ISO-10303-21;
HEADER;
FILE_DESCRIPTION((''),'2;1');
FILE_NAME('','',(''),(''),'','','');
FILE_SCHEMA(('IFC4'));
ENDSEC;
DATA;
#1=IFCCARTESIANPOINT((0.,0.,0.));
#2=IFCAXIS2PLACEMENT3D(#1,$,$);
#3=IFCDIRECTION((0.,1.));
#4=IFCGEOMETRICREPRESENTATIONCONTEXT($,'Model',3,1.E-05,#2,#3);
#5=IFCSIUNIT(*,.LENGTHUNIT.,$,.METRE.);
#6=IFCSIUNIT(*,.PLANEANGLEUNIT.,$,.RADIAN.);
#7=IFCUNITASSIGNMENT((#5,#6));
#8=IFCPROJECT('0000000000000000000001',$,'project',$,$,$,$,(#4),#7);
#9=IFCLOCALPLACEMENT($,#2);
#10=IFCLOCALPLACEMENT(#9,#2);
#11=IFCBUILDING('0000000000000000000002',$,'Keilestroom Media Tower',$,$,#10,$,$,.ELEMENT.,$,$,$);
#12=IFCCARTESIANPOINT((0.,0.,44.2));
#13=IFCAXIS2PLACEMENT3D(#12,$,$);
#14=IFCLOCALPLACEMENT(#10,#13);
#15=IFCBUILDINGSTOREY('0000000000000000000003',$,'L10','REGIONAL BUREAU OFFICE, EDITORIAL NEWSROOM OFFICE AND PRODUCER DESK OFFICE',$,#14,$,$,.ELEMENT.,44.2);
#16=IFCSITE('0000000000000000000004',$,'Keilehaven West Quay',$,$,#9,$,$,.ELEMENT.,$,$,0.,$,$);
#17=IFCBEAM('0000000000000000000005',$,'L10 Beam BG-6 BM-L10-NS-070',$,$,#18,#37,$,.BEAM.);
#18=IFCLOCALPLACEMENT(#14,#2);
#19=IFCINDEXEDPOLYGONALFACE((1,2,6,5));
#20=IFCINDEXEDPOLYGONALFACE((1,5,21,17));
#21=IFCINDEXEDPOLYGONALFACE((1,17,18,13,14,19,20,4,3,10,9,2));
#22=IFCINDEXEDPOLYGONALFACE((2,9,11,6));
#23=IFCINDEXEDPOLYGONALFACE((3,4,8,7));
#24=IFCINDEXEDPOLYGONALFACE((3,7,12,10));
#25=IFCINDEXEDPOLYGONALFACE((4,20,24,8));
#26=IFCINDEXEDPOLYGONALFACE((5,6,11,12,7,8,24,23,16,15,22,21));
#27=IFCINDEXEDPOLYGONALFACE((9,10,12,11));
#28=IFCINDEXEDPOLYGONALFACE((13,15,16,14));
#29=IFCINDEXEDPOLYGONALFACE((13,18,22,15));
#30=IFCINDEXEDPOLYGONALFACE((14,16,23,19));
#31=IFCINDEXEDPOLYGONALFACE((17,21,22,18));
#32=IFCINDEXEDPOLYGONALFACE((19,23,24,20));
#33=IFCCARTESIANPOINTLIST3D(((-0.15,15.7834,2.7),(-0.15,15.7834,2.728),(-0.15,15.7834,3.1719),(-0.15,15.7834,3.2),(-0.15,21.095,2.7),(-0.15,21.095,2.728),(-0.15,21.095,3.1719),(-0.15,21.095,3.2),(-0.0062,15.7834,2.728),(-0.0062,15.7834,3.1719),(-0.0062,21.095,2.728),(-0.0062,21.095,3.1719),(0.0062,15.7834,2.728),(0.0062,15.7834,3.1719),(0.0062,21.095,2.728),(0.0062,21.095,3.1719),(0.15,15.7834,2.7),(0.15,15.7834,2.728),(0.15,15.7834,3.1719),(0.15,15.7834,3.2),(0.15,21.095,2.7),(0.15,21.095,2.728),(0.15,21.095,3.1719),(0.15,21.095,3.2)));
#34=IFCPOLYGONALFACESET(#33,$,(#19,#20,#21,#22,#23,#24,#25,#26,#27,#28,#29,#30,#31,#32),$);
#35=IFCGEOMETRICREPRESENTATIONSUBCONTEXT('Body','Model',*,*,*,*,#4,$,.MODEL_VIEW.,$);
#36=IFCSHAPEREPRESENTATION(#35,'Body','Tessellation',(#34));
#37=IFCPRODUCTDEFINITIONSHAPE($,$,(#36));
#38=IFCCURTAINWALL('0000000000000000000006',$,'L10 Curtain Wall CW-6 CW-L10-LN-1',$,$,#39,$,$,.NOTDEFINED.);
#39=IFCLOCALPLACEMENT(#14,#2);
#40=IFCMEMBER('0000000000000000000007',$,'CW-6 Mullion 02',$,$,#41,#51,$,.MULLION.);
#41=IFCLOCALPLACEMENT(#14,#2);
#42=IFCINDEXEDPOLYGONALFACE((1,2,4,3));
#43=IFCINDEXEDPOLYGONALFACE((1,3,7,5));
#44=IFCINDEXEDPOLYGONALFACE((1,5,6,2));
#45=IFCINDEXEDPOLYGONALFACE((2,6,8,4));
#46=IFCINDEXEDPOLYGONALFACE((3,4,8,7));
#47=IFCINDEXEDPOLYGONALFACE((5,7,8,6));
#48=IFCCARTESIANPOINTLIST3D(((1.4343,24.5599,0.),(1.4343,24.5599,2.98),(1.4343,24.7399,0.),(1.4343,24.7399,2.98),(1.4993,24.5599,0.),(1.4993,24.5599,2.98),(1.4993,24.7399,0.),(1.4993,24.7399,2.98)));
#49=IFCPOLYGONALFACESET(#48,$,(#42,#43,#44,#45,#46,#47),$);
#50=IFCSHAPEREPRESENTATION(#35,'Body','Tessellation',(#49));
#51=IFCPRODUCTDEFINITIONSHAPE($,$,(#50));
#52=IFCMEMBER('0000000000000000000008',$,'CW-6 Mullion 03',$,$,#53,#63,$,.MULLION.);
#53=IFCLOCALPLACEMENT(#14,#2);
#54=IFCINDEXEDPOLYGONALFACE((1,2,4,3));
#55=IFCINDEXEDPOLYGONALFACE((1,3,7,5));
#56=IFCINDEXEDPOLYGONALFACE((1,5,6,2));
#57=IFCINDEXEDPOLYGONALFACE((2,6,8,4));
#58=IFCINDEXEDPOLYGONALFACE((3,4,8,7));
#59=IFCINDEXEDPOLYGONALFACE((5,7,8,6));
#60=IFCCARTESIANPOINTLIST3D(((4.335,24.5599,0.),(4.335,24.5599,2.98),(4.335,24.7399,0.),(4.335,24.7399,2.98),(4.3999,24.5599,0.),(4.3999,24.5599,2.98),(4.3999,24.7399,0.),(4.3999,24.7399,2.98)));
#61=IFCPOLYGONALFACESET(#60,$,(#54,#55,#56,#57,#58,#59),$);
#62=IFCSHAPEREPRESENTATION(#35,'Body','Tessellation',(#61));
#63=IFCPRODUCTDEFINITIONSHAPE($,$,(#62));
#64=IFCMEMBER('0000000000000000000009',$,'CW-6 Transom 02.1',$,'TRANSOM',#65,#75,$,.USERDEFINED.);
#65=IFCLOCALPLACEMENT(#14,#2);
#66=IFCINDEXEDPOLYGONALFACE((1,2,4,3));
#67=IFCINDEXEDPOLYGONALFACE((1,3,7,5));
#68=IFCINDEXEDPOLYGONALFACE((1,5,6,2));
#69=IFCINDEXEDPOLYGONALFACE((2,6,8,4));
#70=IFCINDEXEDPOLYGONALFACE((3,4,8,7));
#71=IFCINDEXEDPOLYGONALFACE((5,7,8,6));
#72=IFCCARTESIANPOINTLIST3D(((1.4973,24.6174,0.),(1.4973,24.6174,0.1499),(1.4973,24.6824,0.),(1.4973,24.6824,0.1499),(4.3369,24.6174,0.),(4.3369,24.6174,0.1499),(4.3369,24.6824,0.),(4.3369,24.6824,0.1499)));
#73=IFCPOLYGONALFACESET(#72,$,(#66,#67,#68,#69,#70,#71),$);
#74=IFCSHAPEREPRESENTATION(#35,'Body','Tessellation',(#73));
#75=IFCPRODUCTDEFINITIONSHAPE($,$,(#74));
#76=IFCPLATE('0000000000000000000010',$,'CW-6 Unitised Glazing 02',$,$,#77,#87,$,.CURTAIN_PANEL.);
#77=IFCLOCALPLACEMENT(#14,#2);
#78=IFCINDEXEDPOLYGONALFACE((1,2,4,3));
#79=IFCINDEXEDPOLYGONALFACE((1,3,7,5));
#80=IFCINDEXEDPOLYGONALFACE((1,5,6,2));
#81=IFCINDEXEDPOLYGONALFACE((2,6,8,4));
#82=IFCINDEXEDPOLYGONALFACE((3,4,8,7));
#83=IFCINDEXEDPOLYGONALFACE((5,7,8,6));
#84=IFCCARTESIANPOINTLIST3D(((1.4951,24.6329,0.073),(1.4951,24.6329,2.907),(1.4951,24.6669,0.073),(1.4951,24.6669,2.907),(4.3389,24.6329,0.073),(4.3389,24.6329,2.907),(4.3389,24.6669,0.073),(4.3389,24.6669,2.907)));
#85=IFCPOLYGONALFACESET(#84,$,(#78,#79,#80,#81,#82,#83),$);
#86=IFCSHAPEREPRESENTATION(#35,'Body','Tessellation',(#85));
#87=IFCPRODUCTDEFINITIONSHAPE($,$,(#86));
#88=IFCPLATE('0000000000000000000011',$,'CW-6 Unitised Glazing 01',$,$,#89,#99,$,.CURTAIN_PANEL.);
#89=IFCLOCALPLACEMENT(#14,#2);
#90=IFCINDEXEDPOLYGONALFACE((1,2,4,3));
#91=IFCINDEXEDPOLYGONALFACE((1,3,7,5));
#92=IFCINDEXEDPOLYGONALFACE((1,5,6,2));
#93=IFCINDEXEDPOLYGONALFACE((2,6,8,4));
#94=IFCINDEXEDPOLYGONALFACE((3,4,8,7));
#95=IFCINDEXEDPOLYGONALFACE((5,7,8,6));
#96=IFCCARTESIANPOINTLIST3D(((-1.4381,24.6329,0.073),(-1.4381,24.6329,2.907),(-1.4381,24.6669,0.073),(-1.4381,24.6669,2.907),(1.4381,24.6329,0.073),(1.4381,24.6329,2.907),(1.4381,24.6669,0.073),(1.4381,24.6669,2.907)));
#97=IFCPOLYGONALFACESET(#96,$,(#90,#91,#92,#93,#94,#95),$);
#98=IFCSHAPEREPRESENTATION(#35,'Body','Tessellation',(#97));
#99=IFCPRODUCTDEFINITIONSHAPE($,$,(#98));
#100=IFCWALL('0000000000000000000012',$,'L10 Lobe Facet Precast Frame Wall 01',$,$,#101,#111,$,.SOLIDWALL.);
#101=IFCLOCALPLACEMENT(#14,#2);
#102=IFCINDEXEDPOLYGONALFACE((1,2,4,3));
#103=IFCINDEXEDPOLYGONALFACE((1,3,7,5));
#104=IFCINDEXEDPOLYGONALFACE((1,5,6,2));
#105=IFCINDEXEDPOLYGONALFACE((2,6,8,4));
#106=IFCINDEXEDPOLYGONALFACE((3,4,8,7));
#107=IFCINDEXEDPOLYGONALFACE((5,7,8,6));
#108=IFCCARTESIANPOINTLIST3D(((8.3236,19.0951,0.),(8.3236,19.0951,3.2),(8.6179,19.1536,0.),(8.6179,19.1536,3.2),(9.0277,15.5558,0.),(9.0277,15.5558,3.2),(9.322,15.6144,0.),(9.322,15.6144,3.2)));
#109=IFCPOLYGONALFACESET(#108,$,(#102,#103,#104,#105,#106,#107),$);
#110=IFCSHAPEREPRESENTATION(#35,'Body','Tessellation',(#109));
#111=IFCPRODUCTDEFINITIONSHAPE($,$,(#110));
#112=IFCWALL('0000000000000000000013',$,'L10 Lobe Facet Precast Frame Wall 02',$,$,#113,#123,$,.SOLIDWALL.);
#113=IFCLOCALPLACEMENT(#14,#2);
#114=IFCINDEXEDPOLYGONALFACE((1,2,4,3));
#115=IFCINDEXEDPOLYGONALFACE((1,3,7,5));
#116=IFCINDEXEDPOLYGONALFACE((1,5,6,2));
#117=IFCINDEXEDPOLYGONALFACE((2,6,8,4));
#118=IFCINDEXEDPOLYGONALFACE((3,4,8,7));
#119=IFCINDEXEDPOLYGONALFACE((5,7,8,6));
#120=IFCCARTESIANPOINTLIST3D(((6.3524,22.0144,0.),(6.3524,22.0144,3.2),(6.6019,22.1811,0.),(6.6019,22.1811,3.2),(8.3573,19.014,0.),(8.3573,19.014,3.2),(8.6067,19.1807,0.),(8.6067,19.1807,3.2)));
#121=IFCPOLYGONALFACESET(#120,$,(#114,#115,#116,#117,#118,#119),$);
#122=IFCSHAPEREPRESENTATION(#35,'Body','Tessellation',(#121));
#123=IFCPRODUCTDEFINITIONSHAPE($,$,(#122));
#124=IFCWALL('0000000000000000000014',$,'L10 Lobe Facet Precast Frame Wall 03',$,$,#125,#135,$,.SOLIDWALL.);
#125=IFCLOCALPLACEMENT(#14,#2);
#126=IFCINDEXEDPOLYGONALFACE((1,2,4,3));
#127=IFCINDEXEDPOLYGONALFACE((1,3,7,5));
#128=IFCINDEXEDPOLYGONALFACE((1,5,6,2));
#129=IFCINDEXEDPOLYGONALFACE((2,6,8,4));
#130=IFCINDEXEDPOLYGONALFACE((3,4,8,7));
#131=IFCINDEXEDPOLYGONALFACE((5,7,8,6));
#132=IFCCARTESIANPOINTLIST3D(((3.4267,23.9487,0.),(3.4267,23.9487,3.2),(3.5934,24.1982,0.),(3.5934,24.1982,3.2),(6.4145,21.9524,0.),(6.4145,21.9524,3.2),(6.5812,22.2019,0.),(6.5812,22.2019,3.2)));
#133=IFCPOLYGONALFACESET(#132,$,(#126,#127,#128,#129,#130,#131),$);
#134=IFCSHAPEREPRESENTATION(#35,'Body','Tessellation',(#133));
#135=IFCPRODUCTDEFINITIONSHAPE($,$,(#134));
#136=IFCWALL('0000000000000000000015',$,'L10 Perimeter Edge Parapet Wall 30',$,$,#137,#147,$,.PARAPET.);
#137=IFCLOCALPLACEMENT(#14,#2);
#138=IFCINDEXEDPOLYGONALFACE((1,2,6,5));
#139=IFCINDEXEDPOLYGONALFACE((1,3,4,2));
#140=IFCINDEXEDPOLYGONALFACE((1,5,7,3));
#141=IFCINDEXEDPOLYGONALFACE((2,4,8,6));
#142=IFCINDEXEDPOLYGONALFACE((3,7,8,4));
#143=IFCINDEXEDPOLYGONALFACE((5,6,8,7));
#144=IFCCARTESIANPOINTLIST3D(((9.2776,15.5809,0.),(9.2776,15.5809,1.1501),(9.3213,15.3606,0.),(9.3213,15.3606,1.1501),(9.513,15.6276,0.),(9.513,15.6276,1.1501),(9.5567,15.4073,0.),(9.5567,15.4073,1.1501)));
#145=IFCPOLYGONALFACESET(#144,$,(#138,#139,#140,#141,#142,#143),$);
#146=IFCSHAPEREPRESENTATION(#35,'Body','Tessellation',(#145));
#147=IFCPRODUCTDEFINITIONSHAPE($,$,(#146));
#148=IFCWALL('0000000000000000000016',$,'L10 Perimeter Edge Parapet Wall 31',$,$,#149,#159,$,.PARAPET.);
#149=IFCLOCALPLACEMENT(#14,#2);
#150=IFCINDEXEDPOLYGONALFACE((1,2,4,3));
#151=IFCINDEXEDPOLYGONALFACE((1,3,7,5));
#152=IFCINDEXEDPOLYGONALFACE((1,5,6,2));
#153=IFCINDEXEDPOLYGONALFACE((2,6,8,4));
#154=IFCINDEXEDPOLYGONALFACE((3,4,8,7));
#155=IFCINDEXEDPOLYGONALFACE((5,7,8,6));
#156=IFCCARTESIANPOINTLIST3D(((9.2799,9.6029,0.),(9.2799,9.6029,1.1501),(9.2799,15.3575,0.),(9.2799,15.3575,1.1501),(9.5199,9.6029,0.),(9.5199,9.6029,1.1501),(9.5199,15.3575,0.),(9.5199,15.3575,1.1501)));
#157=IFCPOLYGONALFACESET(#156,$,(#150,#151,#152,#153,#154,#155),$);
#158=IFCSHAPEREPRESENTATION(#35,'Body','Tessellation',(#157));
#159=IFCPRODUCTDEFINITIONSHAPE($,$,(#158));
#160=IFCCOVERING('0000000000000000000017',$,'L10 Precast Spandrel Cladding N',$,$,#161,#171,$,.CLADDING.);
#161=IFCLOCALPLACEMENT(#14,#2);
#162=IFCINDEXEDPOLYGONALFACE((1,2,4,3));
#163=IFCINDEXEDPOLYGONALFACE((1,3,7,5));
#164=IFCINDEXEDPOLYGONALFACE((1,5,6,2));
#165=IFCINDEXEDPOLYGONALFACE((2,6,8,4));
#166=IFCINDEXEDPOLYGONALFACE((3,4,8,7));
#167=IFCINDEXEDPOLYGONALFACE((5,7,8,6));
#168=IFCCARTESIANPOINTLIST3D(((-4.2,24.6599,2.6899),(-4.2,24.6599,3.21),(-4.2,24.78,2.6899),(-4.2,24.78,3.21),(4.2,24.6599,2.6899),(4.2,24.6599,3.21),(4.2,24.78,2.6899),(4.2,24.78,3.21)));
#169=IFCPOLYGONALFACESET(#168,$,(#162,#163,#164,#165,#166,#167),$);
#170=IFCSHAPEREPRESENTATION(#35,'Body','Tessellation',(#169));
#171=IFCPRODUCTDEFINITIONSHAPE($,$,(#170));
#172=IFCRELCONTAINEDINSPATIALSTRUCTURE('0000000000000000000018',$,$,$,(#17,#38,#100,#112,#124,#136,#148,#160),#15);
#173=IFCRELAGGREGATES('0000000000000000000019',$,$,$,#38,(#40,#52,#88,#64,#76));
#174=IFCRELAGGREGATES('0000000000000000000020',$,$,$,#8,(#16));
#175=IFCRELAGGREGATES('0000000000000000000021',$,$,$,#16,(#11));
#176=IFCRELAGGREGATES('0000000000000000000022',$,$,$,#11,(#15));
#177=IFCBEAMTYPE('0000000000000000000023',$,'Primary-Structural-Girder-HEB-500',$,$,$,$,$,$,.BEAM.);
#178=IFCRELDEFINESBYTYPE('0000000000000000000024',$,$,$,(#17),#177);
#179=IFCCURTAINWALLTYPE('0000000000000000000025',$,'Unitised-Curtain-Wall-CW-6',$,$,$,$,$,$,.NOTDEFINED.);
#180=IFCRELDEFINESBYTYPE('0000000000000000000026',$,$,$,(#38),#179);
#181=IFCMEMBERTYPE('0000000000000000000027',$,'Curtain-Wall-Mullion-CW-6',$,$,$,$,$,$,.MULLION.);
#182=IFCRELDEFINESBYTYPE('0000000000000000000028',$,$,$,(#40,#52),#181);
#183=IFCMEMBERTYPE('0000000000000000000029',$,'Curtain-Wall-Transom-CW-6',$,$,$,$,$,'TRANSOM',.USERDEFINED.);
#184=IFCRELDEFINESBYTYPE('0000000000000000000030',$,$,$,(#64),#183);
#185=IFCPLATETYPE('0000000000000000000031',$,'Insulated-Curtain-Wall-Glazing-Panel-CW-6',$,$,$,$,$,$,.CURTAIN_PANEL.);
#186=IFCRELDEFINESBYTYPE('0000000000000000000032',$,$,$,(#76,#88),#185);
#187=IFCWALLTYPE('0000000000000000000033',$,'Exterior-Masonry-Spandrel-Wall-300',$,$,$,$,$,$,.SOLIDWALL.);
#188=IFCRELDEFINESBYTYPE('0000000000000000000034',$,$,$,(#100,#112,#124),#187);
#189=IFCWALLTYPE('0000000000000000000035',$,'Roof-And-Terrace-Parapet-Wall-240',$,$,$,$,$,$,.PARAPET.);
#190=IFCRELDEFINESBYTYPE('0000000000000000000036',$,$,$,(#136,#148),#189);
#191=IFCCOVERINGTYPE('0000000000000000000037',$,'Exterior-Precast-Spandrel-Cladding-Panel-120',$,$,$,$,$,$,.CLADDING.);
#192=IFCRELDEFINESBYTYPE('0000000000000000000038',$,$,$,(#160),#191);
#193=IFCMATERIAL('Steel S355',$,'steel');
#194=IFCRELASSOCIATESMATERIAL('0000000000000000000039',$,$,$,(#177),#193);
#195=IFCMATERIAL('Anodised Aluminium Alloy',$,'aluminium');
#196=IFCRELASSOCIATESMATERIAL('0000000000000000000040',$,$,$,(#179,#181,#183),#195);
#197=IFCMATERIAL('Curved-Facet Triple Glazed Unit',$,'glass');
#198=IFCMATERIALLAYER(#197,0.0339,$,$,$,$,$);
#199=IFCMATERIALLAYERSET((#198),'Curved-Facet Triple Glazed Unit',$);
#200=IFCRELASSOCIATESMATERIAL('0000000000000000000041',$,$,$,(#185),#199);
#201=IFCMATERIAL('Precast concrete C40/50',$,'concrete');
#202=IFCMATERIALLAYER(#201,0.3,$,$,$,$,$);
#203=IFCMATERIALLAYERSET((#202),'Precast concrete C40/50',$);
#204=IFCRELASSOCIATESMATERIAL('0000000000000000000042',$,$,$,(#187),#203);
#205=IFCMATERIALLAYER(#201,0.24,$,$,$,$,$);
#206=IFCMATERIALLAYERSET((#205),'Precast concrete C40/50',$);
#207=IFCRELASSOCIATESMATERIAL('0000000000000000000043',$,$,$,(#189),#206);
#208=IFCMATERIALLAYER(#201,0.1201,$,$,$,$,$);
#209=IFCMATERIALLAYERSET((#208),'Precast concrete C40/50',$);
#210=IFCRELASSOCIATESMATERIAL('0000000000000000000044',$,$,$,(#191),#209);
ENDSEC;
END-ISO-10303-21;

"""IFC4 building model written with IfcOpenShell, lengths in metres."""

from ifc_helpers import new_model, si_unit, direction, frame, frame_2d, origin, origin_2d, place, context, subcontext, project, spatial, rectangle, i_section, extrude, source, transform, mapped, material, layer, layer_set, material_profile, profile_set, type_object, element, aggregate, save


model = new_model("IFC4")

# Units and contexts
model_context = context("Model", 3, precision=1e-05, world=origin(), true_north=direction((0.0, 1.0)))
body_context = subcontext(model_context, "Body", "Model", "MODEL_VIEW")
ifc_project = project(units=[si_unit("LENGTHUNIT", "METRE"), si_unit("PLANEANGLEUNIT", "RADIAN")], contexts=[model_context])

# Site, building, storey
site_placement = place(None, origin())
site = spatial("IfcSite", under=ifc_project, at=site_placement, Name="Keilehaven West Quay", CompositionType="ELEMENT", RefElevation=0.0)
building_placement = place(site_placement, origin())
building = spatial("IfcBuilding", under=site, at=building_placement, Name="Keilestroom Media Tower", CompositionType="ELEMENT")
storey_placement = place(building_placement, frame((0.0, 0.0, 44.2)))
storey = spatial("IfcBuildingStorey", under=building, at=storey_placement, Name="L10", Description="REGIONAL BUREAU OFFICE, EDITORIAL NEWSROOM OFFICE AND PRODUCER DESK OFFICE", CompositionType="ELEMENT", Elevation=44.2)

# Beam
ifc_material_1 = material(Name="Steel S355", Category="steel")
ifc_material_profile_1 = material_profile(ifc_material_1, i_section(OverallWidth=0.3, OverallDepth=0.5, WebThickness=0.0125, FlangeThickness=0.0281, at=origin_2d()), Name="HEB 500")
ifc_profile_set_1 = profile_set([ifc_material_profile_1], Name="Steel S355")
beam_type_1 = type_object("IfcBeamType", Name="Primary-Structural-Girder-HEB-500", PredefinedType="BEAM", material=ifc_profile_set_1)
shared_shape_1 = source(origin(), body_context, "Body", "SweptSolid", [
    extrude(i_section(OverallWidth=0.3, OverallDepth=0.5, WebThickness=0.0125, FlangeThickness=0.0281, at=origin_2d()), origin(), (0.0, 0.0, 1.0), 5.3115),
])
beam_1_placement = place(storey_placement, frame((0.0, 15.7834, 2.95), z_axis=(0.0, 1.0, 0.0), x_axis=(-1.0, 0.0, 0.0)))
element("IfcBeam", 1, at=beam_1_placement, inside=storey, type_object=beam_type_1, Name="L10 Beam BG-6 BM-L10-NS-070", PredefinedType="BEAM", context=body_context, shape_type="MappedRepresentation", body=[
    mapped(shared_shape_1, transform((0.0, 0.0, 0.0), x_axis=(1.0, 0.0, 0.0), y_axis=(0.0, 1.0, 0.0), z_axis=(0.0, 0.0, 1.0), scale=1.0)),
])

# Curtain wall, members, plates
ifc_material_2 = material(Name="Anodised Aluminium Alloy", Category="aluminium")
curtain_wall_type = type_object("IfcCurtainWallType", Name="Unitised-Curtain-Wall-CW-6", PredefinedType="NOTDEFINED", material=ifc_material_2)
curtain_wall_placement = place(storey_placement, origin())
curtain_wall = element("IfcCurtainWall", 2, at=curtain_wall_placement, inside=storey, type_object=curtain_wall_type, Name="L10 Curtain Wall CW-6 CW-L10-LN-1", PredefinedType="NOTDEFINED")
ifc_material_profile_2 = material_profile(ifc_material_2, rectangle(XDim=0.0649, YDim=0.1799, at=origin_2d()), Name="ALU MULLION 65x180")
ifc_profile_set_2 = profile_set([ifc_material_profile_2], Name="Anodised Aluminium Alloy")
member_type_1 = type_object("IfcMemberType", Name="Curtain-Wall-Mullion-CW-6", PredefinedType="MULLION", material=ifc_profile_set_2)
shared_shape_2 = source(origin(), body_context, "Body", "SweptSolid", [
    extrude(rectangle(XDim=0.0649, YDim=0.1799, at=origin_2d()), origin(), (0.0, 0.0, 1.0), 2.98),
])
member_1_placement = place(storey_placement, frame((1.4668, 24.6499, 0.0), z_axis=(0.0, 0.0, 1.0), x_axis=(1.0, 0.0, 0.0)))
member_1 = element("IfcMember", 3, at=member_1_placement, type_object=member_type_1, Name="CW-6 Mullion 02", PredefinedType="MULLION", context=body_context, shape_type="MappedRepresentation", body=[
    mapped(shared_shape_2, transform((0.0, 0.0, 0.0), x_axis=(1.0, 0.0, 0.0), y_axis=(0.0, 1.0, 0.0), z_axis=(0.0, 0.0, 1.0), scale=1.0)),
])
member_2_placement = place(storey_placement, frame((4.3674, 24.6499, 0.0), z_axis=(0.0, 0.0, 1.0), x_axis=(1.0, 0.0, 0.0)))
member_2 = element("IfcMember", 4, at=member_2_placement, type_object=member_type_1, Name="CW-6 Mullion 03", PredefinedType="MULLION", context=body_context, shape_type="MappedRepresentation", body=[
    mapped(shared_shape_2, transform((0.0, 0.0, 0.0), x_axis=(1.0, 0.0, 0.0), y_axis=(0.0, 1.0, 0.0), z_axis=(0.0, 0.0, 1.0), scale=1.0)),
])
ifc_material_profile_3 = material_profile(ifc_material_2, rectangle(XDim=0.0649, YDim=0.1499, at=origin_2d()), Name="ALU TRANSOM 65x150")
ifc_profile_set_3 = profile_set([ifc_material_profile_3], Name="Anodised Aluminium Alloy")
member_type_2 = type_object("IfcMemberType", Name="Curtain-Wall-Transom-CW-6", ElementType="TRANSOM", PredefinedType="USERDEFINED", material=ifc_profile_set_3)
shared_shape_3 = source(origin(), body_context, "Body", "SweptSolid", [
    extrude(rectangle(XDim=0.0649, YDim=0.1499, at=origin_2d()), origin(), (0.0, 0.0, 1.0), 2.8396),
])
member_3_placement = place(storey_placement, frame((1.4973, 24.6499, 0.075), z_axis=(1.0, 0.0, 0.0), x_axis=(0.0, 1.0, 0.0)))
member_3 = element("IfcMember", 5, at=member_3_placement, type_object=member_type_2, Name="CW-6 Transom 02.1", ObjectType="TRANSOM", PredefinedType="USERDEFINED", context=body_context, shape_type="MappedRepresentation", body=[
    mapped(shared_shape_3, transform((0.0, 0.0, 0.0), x_axis=(1.0, 0.0, 0.0), y_axis=(0.0, 1.0, 0.0), z_axis=(0.0, 0.0, 1.0), scale=1.0)),
])
ifc_material_3 = material(Name="Curved-Facet Triple Glazed Unit", Category="glass")
ifc_layer_1 = layer(ifc_material_3, 0.0339)
ifc_layer_set_1 = layer_set([ifc_layer_1], Name="Curved-Facet Triple Glazed Unit")
plate_type = type_object("IfcPlateType", Name="Insulated-Curtain-Wall-Glazing-Panel-CW-6", PredefinedType="CURTAIN_PANEL", material=ifc_layer_set_1)
shared_shape_4 = source(origin(), body_context, "Body", "SweptSolid", [
    extrude(rectangle(XDim=2.8438, YDim=0.0339, at=origin_2d()), origin(), (0.0, 0.0, 1.0), 2.834),
])
plate_1_placement = place(storey_placement, frame((2.917, 24.6499, 0.073), z_axis=(0.0, 0.0, 1.0), x_axis=(1.0, 0.0, 0.0)))
plate_1 = element("IfcPlate", 6, at=plate_1_placement, type_object=plate_type, Name="CW-6 Unitised Glazing 02", PredefinedType="CURTAIN_PANEL", context=body_context, shape_type="MappedRepresentation", body=[
    mapped(shared_shape_4, transform((0.0, 0.0, 0.0), x_axis=(1.0, 0.0, 0.0), y_axis=(0.0, 1.0, 0.0), z_axis=(0.0, 0.0, 1.0), scale=1.0)),
])
shared_shape_5 = source(origin(), body_context, "Body", "SweptSolid", [
    extrude(rectangle(XDim=2.8762, YDim=0.0339, at=origin_2d()), origin(), (0.0, 0.0, 1.0), 2.834),
])
plate_2_placement = place(storey_placement, frame((0.0, 24.6499, 0.073), z_axis=(0.0, 0.0, 1.0), x_axis=(1.0, 0.0, 0.0)))
plate_2 = element("IfcPlate", 7, at=plate_2_placement, type_object=plate_type, Name="CW-6 Unitised Glazing 01", PredefinedType="CURTAIN_PANEL", context=body_context, shape_type="MappedRepresentation", body=[
    mapped(shared_shape_5, transform((0.0, 0.0, 0.0), x_axis=(1.0, 0.0, 0.0), y_axis=(0.0, 1.0, 0.0), z_axis=(0.0, 0.0, 1.0), scale=1.0)),
])
aggregate(curtain_wall, [member_1, member_2, plate_2, member_3, plate_1])

# Walls
ifc_material_4 = material(Name="Precast concrete C40/50", Category="concrete")
ifc_layer_2 = layer(ifc_material_4, 0.3)
ifc_layer_set_2 = layer_set([ifc_layer_2], Name="Precast concrete C40/50")
wall_type_1 = type_object("IfcWallType", Name="Exterior-Masonry-Spandrel-Wall-300", PredefinedType="SOLIDWALL", material=ifc_layer_set_2)
for number, where, z_axis, x_axis, name in (
    (8, (9.1748, 15.5852, 0.0), (0.0, 0.0, 1.0), (-0.195114, 0.980781, 0.0), "L10 Lobe Facet Precast Frame Wall 01"),
    (9, (8.4819, 19.0974, 0.0), (0.0, 0.0, 1.0), (-0.555574, 0.831467, 0.0), "L10 Lobe Facet Precast Frame Wall 02"),
):
    element("IfcWall", number, at=place(storey_placement, frame(where, z_axis=z_axis, x_axis=x_axis)), inside=storey, type_object=wall_type_1, Name=name, PredefinedType="SOLIDWALL", context=body_context, shape_type="SweptSolid", body=[
        extrude(rectangle(XDim=3.6086, YDim=0.3, at=frame_2d((1.8042, 0.0))), origin(), (0.0, 0.0, 1.0), 3.2),
    ])
wall_1_placement = place(storey_placement, frame((6.4978, 22.0771, 0.0), z_axis=(0.0, 0.0, 1.0), x_axis=(-0.831475, 0.555562, 0.0)))
element("IfcWall", 10, at=wall_1_placement, inside=storey, type_object=wall_type_1, Name="L10 Lobe Facet Precast Frame Wall 03", PredefinedType="SOLIDWALL", context=body_context, shape_type="SweptSolid", body=[
    extrude(rectangle(XDim=3.5933, YDim=0.3, at=frame_2d((1.7966, 0.0))), origin(), (0.0, 0.0, 1.0), 3.2),
])
ifc_layer_3 = layer(ifc_material_4, 0.24)
ifc_layer_set_3 = layer_set([ifc_layer_3], Name="Precast concrete C40/50")
wall_type_2 = type_object("IfcWallType", Name="Roof-And-Terrace-Parapet-Wall-240", PredefinedType="PARAPET", material=ifc_layer_set_3)
wall_2_placement = place(storey_placement, frame((9.3953, 15.6042, 0.0), z_axis=(0.0, 0.0, 1.0), x_axis=(0.194652, -0.980872, 0.0)))
element("IfcWall", 11, at=wall_2_placement, inside=storey, type_object=wall_type_2, Name="L10 Perimeter Edge Parapet Wall 30", PredefinedType="PARAPET", context=body_context, shape_type="SweptSolid", body=[
    extrude(rectangle(XDim=0.2246, YDim=0.24, at=frame_2d((0.1123, 0.0))), origin(), (0.0, 0.0, 1.0), 1.1501),
])
wall_3_placement = place(storey_placement, frame((9.3999, 15.3577, 0.0), z_axis=(0.0, 0.0, 1.0), x_axis=(0.0, -1.0, 0.0)))
element("IfcWall", 12, at=wall_3_placement, inside=storey, type_object=wall_type_2, Name="L10 Perimeter Edge Parapet Wall 31", PredefinedType="PARAPET", context=body_context, shape_type="SweptSolid", body=[
    extrude(rectangle(XDim=5.7546, YDim=0.24, at=frame_2d((2.8774, 0.0))), origin(), (0.0, 0.0, 1.0), 1.1501),
])

# Covering
ifc_layer_4 = layer(ifc_material_4, 0.1201)
ifc_layer_set_4 = layer_set([ifc_layer_4], Name="Precast concrete C40/50")
covering_type = type_object("IfcCoveringType", Name="Exterior-Precast-Spandrel-Cladding-Panel-120", PredefinedType="CLADDING", material=ifc_layer_set_4)
shared_shape_6 = source(origin(), body_context, "Body", "SweptSolid", [
    extrude(rectangle(XDim=8.3999, YDim=0.1201, at=origin_2d()), origin(), (0.0, 0.0, 1.0), 0.52),
])
covering_1_placement = place(storey_placement, frame((0.0, 24.72, 2.6899), z_axis=(0.0, 0.0, 1.0), x_axis=(1.0, 0.0, 0.0)))
element("IfcCovering", 13, at=covering_1_placement, inside=storey, type_object=covering_type, Name="L10 Precast Spandrel Cladding N", PredefinedType="CLADDING", context=body_context, shape_type="MappedRepresentation", body=[
    mapped(shared_shape_6, transform((0.0, 0.0, 0.0), x_axis=(1.0, 0.0, 0.0), y_axis=(0.0, 1.0, 0.0), z_axis=(0.0, 0.0, 1.0), scale=1.0)),
])

save(model, "model.ifc")
